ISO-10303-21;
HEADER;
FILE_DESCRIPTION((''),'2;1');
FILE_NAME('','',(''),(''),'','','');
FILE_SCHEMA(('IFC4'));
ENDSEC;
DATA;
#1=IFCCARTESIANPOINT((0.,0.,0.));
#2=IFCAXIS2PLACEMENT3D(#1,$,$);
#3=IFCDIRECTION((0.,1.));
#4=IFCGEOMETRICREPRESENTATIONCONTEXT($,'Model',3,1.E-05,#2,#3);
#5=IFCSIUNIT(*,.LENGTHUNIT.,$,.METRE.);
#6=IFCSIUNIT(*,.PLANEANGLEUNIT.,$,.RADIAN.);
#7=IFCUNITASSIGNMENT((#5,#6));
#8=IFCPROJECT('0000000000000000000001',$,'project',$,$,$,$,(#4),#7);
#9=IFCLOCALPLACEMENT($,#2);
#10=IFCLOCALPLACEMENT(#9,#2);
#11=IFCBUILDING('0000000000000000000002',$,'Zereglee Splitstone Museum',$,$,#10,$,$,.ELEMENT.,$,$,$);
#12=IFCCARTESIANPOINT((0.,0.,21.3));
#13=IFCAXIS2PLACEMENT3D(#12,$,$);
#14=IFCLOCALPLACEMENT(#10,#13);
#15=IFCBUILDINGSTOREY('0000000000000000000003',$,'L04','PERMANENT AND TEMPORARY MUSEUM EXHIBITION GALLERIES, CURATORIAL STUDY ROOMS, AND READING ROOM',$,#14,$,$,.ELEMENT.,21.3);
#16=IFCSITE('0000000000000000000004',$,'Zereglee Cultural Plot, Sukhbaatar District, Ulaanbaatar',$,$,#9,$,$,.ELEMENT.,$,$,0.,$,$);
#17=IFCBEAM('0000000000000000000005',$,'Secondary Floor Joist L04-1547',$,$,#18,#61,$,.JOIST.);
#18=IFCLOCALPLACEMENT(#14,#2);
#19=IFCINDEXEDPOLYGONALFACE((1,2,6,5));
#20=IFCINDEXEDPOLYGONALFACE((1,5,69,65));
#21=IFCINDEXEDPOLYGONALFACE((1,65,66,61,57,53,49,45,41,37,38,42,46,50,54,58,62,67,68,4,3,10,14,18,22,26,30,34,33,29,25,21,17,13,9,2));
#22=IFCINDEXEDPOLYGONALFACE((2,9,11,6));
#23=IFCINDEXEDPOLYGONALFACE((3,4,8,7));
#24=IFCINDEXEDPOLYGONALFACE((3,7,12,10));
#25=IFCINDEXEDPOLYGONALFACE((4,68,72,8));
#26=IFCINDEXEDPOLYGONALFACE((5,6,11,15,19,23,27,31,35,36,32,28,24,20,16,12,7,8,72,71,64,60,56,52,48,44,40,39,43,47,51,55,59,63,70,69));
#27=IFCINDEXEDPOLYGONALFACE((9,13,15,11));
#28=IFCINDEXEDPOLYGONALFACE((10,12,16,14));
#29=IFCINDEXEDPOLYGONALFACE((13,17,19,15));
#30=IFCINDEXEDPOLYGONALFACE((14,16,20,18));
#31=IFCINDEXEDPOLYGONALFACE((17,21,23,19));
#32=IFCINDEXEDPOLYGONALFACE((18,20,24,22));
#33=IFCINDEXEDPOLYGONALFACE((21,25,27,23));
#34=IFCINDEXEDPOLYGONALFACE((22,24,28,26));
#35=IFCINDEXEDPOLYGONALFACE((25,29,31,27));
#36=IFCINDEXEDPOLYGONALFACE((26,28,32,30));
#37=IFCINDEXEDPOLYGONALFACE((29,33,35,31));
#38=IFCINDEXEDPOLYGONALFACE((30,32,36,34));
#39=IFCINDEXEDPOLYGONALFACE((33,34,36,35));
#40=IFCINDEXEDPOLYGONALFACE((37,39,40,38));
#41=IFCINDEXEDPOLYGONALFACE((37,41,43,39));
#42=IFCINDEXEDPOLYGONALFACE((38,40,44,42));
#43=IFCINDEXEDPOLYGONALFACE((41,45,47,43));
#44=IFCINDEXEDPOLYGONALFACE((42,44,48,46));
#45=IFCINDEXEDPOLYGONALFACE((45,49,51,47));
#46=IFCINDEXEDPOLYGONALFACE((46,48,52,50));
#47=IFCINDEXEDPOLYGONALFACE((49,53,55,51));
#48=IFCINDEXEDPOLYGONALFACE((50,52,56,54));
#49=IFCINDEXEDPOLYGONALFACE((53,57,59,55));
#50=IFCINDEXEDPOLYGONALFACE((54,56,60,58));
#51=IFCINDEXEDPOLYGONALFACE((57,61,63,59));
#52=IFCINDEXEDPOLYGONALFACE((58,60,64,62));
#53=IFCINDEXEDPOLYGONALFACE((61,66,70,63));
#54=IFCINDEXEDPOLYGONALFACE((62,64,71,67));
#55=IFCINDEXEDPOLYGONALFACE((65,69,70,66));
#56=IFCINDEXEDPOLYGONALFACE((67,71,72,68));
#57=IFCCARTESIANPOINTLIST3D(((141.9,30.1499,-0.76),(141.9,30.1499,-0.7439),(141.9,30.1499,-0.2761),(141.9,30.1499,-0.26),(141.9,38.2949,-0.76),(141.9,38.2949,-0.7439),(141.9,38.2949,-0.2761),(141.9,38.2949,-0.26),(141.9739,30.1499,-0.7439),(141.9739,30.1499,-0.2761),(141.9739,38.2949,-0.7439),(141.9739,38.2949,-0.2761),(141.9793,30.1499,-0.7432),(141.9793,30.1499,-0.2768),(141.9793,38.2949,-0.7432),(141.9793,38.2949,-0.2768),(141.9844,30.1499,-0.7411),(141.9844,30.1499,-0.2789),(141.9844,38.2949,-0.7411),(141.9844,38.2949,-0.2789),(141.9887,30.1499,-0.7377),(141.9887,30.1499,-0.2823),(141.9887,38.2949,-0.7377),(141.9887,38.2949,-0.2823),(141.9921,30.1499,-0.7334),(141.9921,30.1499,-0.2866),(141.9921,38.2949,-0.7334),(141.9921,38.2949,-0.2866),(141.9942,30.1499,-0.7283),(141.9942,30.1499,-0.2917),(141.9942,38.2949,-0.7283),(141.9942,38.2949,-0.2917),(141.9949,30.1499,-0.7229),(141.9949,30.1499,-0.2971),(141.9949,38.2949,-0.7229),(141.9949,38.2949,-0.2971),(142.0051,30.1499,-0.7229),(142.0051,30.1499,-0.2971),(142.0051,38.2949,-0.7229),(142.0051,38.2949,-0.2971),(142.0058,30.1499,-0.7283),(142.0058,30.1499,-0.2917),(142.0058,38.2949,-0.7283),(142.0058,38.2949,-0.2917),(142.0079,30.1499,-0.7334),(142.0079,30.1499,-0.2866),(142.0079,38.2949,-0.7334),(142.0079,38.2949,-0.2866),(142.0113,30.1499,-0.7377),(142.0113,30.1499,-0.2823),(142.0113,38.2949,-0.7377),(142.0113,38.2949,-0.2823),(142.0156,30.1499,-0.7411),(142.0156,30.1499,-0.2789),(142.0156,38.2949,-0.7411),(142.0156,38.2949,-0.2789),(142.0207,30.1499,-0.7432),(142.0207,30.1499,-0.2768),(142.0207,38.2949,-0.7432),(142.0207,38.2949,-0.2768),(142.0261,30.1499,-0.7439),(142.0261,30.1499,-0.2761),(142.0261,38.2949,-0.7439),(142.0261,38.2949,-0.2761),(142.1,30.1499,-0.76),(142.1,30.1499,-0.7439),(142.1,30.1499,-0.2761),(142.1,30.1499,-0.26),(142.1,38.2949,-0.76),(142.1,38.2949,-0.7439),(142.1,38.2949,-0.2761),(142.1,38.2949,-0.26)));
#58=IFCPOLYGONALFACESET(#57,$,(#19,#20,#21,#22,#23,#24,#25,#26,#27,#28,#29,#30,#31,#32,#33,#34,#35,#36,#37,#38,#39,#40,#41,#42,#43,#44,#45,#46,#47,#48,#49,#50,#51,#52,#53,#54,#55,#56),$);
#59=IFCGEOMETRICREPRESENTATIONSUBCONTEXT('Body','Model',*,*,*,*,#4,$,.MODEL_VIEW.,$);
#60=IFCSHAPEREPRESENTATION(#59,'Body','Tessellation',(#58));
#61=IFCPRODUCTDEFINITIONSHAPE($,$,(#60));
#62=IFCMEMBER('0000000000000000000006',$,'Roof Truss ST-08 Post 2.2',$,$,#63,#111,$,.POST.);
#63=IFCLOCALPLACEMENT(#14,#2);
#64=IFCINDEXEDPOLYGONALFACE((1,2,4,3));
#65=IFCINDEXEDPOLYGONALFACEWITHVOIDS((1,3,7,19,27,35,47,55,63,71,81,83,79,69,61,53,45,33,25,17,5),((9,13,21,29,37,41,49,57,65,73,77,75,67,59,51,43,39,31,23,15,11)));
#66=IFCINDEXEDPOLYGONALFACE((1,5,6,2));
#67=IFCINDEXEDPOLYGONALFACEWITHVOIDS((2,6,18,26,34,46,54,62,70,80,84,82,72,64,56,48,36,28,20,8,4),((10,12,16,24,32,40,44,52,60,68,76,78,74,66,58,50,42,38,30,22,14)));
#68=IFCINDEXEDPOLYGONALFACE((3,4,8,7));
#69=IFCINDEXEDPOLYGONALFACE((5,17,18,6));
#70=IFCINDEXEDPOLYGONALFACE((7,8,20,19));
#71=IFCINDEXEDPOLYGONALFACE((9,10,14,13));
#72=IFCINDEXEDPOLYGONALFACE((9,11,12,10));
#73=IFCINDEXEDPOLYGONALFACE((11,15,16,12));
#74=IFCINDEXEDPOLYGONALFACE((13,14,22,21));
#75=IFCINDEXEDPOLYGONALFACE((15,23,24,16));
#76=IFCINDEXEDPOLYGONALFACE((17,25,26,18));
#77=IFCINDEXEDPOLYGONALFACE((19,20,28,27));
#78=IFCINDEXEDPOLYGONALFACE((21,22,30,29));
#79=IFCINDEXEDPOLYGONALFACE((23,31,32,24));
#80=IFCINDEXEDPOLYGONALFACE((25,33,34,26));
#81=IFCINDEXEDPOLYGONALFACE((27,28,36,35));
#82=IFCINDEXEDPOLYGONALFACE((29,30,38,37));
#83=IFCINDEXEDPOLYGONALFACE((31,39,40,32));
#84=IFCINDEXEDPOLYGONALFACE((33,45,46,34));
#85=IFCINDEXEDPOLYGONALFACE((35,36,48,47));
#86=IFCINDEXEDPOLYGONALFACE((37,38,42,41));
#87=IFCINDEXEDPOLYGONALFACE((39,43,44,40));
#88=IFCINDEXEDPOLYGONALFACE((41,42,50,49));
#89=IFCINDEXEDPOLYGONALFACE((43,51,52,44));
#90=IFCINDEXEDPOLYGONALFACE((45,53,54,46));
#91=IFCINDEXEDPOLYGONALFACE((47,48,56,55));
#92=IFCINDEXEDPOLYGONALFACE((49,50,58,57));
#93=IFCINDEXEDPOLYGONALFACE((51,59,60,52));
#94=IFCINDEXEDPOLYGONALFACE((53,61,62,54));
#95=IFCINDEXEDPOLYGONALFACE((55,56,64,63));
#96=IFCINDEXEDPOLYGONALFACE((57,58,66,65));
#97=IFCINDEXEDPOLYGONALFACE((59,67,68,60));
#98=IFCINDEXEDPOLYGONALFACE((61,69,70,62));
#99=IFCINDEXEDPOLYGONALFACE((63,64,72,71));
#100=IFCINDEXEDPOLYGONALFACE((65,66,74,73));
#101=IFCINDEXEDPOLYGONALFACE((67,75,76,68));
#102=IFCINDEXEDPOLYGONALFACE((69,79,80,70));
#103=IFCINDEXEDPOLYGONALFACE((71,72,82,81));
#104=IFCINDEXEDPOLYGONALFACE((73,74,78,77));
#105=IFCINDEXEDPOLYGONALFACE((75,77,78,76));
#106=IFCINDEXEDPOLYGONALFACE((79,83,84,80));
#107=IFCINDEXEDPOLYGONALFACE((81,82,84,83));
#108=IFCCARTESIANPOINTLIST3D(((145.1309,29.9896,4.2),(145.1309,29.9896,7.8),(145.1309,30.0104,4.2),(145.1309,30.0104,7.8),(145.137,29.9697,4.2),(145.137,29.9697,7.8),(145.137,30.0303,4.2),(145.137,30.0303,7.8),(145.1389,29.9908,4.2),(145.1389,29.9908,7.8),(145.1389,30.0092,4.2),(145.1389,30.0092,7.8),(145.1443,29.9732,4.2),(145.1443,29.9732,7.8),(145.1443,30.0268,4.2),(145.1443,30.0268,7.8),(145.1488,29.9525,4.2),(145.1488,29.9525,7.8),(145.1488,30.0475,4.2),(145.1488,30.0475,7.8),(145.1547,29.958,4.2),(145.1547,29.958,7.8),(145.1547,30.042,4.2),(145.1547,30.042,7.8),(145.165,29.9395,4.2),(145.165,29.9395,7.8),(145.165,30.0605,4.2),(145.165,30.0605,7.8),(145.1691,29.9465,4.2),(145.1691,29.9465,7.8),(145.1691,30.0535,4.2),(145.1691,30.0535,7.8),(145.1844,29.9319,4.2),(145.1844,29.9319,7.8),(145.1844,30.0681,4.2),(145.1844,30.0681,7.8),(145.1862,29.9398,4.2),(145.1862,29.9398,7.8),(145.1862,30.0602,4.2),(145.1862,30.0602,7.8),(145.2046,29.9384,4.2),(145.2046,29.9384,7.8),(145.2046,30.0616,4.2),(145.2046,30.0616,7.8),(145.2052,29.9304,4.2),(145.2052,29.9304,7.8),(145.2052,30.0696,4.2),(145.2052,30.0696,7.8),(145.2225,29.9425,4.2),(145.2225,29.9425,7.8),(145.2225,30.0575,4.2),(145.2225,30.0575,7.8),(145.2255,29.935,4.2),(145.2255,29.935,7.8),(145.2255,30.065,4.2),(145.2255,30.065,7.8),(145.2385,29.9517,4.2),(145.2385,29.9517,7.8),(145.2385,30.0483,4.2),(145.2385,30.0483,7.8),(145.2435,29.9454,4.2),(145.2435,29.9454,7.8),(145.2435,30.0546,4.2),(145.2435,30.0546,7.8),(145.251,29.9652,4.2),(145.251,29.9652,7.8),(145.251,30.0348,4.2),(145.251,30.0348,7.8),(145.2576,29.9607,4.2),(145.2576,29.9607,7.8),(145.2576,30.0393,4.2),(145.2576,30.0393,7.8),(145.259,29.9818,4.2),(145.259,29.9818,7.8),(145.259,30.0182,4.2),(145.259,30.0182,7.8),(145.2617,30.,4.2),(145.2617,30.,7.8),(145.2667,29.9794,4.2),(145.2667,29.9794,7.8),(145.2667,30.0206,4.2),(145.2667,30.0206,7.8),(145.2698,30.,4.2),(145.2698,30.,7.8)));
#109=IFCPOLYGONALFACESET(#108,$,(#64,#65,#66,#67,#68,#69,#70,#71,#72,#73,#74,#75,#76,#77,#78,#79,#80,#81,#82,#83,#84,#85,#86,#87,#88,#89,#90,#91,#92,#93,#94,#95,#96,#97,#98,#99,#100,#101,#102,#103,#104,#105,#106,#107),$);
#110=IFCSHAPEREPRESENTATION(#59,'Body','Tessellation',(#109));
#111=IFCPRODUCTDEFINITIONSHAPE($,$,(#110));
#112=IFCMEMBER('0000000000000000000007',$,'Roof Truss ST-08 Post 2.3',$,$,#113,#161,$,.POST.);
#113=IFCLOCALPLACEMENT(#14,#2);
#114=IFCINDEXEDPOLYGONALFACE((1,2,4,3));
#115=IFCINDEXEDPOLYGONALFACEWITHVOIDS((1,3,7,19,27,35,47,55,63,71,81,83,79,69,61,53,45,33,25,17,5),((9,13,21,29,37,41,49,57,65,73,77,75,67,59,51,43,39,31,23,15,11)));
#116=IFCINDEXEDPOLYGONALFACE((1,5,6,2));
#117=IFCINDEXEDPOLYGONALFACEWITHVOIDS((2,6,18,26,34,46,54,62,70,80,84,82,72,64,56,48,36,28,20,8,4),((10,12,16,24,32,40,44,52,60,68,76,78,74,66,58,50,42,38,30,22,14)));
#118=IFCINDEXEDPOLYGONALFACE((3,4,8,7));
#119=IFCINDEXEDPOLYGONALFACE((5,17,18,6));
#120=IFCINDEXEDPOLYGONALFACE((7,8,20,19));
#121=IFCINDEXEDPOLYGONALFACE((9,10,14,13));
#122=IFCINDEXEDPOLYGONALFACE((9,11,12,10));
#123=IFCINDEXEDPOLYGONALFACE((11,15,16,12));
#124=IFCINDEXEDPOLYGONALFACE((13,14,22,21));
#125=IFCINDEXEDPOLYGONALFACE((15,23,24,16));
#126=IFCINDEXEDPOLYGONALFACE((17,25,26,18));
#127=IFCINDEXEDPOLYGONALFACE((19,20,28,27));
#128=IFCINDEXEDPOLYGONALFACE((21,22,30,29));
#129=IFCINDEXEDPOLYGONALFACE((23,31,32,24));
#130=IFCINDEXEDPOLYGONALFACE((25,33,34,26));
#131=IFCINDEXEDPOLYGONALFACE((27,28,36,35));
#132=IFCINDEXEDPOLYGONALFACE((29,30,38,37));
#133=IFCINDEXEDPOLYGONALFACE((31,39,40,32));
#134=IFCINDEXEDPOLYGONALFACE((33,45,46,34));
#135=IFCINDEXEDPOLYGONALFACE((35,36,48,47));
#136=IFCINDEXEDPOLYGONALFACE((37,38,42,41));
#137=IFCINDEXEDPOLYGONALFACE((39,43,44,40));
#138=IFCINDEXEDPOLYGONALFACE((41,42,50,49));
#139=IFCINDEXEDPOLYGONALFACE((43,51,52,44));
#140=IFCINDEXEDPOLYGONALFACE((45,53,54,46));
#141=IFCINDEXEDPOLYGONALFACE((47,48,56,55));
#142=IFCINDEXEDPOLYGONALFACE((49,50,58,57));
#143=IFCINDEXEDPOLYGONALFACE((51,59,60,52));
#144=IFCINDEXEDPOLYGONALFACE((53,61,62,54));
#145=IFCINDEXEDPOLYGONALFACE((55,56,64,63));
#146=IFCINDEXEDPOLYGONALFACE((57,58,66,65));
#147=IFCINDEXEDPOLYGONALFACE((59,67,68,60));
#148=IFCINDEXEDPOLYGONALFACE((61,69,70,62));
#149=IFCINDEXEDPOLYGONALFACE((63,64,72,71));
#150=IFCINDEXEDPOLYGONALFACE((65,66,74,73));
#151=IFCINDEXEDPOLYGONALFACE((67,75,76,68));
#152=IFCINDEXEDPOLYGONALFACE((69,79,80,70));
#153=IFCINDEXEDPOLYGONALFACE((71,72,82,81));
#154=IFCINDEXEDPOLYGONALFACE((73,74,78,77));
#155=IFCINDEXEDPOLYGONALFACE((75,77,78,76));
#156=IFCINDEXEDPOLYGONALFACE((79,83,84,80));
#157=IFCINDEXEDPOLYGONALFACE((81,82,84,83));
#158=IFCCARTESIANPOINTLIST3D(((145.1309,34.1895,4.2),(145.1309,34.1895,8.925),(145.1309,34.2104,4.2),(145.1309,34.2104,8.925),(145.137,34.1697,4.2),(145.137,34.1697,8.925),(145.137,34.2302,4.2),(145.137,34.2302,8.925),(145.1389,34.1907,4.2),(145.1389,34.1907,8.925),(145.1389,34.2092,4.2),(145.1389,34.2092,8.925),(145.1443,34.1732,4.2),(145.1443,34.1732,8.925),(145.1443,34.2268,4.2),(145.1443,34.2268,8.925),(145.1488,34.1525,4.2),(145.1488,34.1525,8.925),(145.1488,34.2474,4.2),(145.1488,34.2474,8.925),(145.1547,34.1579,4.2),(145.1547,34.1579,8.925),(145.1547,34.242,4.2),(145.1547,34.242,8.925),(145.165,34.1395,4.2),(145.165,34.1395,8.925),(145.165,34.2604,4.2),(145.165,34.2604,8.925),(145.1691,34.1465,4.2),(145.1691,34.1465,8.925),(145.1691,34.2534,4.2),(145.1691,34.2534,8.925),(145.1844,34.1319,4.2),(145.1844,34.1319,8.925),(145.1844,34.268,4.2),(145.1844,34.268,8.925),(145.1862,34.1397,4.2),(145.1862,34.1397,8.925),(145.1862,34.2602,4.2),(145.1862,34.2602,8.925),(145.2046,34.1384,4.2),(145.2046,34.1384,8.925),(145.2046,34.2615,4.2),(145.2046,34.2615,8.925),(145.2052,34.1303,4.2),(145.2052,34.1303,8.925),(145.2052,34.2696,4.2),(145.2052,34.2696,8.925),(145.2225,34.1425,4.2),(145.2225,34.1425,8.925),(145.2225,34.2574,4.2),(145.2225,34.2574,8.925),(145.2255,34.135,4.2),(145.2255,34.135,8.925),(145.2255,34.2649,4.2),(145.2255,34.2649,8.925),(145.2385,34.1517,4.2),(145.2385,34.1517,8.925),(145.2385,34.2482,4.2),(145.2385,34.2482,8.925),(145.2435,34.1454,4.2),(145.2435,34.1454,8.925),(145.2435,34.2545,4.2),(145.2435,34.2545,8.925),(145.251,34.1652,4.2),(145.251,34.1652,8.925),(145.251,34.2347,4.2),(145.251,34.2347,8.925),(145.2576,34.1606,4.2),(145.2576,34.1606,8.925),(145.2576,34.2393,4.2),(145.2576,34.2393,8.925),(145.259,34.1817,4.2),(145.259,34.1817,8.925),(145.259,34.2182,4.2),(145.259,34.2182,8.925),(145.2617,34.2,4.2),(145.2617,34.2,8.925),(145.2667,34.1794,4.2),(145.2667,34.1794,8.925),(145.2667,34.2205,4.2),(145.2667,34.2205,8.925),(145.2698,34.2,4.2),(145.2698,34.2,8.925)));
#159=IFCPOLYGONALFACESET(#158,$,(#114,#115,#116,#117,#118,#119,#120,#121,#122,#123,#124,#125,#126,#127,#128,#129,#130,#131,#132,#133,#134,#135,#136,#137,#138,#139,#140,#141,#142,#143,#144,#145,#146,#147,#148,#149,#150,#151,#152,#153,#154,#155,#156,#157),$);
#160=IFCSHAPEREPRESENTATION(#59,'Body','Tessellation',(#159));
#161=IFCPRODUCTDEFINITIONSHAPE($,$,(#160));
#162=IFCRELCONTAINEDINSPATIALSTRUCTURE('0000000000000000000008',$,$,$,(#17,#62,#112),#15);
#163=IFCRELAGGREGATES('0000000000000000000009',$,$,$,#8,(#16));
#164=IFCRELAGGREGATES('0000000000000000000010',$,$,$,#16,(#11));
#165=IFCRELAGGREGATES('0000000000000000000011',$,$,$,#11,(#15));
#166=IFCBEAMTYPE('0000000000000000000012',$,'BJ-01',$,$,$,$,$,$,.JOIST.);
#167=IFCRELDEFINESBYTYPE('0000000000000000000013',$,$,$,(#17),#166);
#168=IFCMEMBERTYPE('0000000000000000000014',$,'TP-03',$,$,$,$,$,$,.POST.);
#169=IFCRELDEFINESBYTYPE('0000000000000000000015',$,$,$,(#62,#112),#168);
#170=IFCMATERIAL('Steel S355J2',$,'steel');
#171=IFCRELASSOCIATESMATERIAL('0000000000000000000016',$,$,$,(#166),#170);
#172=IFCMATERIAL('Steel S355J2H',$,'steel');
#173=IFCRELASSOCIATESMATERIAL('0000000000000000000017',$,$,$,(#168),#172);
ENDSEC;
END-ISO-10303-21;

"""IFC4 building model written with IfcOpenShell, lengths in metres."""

from ifc_helpers import new_model, si_unit, direction, frame, origin, origin_2d, place, context, subcontext, project, spatial, hollow_circle, i_section, extrude, material, material_profile, profile_set, type_object, element, save


model = new_model("IFC4")

# Units and contexts
model_context = context("Model", 3, precision=1e-05, world=origin(), true_north=direction((0.0, 1.0)))
body_context = subcontext(model_context, "Body", "Model", "MODEL_VIEW")
ifc_project = project(units=[si_unit("LENGTHUNIT", "METRE"), si_unit("PLANEANGLEUNIT", "RADIAN")], contexts=[model_context])

# Site, building, storey
site_placement = place(None, origin())
site = spatial("IfcSite", under=ifc_project, at=site_placement, Name="Zereglee Cultural Plot, Sukhbaatar District, Ulaanbaatar", CompositionType="ELEMENT", RefElevation=0.0)
building_placement = place(site_placement, origin())
building = spatial("IfcBuilding", under=site, at=building_placement, Name="Zereglee Splitstone Museum", CompositionType="ELEMENT")
storey_placement = place(building_placement, frame((0.0, 0.0, 21.3)))
storey = spatial("IfcBuildingStorey", under=building, at=storey_placement, Name="L04", Description="PERMANENT AND TEMPORARY MUSEUM EXHIBITION GALLERIES, CURATORIAL STUDY ROOMS, AND READING ROOM", CompositionType="ELEMENT", Elevation=21.3)

# Shared definitions
ifc_material_1 = material(Name="Steel S355J2H", Category="steel")

# Shared definitions
ifc_material_2 = material(Name="Steel S355J2", Category="steel")

# Beam
ifc_material_profile_1 = material_profile(ifc_material_2, i_section(OverallWidth=0.2, OverallDepth=0.5, WebThickness=0.0103, FlangeThickness=0.0161, FilletRadius=0.021, at=origin_2d()), Name="IPE 500")
ifc_profile_set_1 = profile_set([ifc_material_profile_1], Name="Steel S355J2")
beam_type_1 = type_object("IfcBeamType", Name="BJ-01", PredefinedType="JOIST", material=ifc_profile_set_1)
beam_1_placement = place(storey_placement, frame((142.0, 30.1499, -0.51), z_axis=(0.0, 1.0, 0.0), x_axis=(-1.0, 0.0, 0.0)))
element("IfcBeam", 1, at=beam_1_placement, inside=storey, type_object=beam_type_1, Name="Secondary Floor Joist L04-1547", PredefinedType="JOIST", context=body_context, shape_type="SweptSolid", body=[
    extrude(i_section(OverallWidth=0.2, OverallDepth=0.5, WebThickness=0.0103, FlangeThickness=0.0161, FilletRadius=0.021, at=origin_2d()), origin(), (0.0, 0.0, 1.0), 8.145),
])

# Members
ifc_material_profile_2 = material_profile(ifc_material_1, hollow_circle(Radius=0.0698, WallThickness=0.0081, at=origin_2d()), Name="CHS 139.7x8")
ifc_profile_set_2 = profile_set([ifc_material_profile_2], Name="Steel S355J2H")
member_type_1 = type_object("IfcMemberType", Name="TP-03", PredefinedType="POST", material=ifc_profile_set_2)
member_1_placement = place(storey_placement, frame((145.2, 30.0, 4.2), z_axis=(0.0, 0.0, 1.0), x_axis=(1.0, 0.0, 0.0)))
element("IfcMember", 2, at=member_1_placement, inside=storey, type_object=member_type_1, Name="Roof Truss ST-08 Post 2.2", PredefinedType="POST", context=body_context, shape_type="SweptSolid", body=[
    extrude(hollow_circle(Radius=0.0698, WallThickness=0.0081, at=origin_2d()), origin(), (0.0, 0.0, 1.0), 3.6001),
])
member_2_placement = place(storey_placement, frame((145.2, 34.2, 4.2), z_axis=(0.0, 0.0, 1.0), x_axis=(1.0, 0.0, 0.0)))
element("IfcMember", 3, at=member_2_placement, inside=storey, type_object=member_type_1, Name="Roof Truss ST-08 Post 2.3", PredefinedType="POST", context=body_context, shape_type="SweptSolid", body=[
    extrude(hollow_circle(Radius=0.0698, WallThickness=0.0081, at=origin_2d()), origin(), (0.0, 0.0, 1.0), 4.7251),
])

save(model, "model.ifc")
